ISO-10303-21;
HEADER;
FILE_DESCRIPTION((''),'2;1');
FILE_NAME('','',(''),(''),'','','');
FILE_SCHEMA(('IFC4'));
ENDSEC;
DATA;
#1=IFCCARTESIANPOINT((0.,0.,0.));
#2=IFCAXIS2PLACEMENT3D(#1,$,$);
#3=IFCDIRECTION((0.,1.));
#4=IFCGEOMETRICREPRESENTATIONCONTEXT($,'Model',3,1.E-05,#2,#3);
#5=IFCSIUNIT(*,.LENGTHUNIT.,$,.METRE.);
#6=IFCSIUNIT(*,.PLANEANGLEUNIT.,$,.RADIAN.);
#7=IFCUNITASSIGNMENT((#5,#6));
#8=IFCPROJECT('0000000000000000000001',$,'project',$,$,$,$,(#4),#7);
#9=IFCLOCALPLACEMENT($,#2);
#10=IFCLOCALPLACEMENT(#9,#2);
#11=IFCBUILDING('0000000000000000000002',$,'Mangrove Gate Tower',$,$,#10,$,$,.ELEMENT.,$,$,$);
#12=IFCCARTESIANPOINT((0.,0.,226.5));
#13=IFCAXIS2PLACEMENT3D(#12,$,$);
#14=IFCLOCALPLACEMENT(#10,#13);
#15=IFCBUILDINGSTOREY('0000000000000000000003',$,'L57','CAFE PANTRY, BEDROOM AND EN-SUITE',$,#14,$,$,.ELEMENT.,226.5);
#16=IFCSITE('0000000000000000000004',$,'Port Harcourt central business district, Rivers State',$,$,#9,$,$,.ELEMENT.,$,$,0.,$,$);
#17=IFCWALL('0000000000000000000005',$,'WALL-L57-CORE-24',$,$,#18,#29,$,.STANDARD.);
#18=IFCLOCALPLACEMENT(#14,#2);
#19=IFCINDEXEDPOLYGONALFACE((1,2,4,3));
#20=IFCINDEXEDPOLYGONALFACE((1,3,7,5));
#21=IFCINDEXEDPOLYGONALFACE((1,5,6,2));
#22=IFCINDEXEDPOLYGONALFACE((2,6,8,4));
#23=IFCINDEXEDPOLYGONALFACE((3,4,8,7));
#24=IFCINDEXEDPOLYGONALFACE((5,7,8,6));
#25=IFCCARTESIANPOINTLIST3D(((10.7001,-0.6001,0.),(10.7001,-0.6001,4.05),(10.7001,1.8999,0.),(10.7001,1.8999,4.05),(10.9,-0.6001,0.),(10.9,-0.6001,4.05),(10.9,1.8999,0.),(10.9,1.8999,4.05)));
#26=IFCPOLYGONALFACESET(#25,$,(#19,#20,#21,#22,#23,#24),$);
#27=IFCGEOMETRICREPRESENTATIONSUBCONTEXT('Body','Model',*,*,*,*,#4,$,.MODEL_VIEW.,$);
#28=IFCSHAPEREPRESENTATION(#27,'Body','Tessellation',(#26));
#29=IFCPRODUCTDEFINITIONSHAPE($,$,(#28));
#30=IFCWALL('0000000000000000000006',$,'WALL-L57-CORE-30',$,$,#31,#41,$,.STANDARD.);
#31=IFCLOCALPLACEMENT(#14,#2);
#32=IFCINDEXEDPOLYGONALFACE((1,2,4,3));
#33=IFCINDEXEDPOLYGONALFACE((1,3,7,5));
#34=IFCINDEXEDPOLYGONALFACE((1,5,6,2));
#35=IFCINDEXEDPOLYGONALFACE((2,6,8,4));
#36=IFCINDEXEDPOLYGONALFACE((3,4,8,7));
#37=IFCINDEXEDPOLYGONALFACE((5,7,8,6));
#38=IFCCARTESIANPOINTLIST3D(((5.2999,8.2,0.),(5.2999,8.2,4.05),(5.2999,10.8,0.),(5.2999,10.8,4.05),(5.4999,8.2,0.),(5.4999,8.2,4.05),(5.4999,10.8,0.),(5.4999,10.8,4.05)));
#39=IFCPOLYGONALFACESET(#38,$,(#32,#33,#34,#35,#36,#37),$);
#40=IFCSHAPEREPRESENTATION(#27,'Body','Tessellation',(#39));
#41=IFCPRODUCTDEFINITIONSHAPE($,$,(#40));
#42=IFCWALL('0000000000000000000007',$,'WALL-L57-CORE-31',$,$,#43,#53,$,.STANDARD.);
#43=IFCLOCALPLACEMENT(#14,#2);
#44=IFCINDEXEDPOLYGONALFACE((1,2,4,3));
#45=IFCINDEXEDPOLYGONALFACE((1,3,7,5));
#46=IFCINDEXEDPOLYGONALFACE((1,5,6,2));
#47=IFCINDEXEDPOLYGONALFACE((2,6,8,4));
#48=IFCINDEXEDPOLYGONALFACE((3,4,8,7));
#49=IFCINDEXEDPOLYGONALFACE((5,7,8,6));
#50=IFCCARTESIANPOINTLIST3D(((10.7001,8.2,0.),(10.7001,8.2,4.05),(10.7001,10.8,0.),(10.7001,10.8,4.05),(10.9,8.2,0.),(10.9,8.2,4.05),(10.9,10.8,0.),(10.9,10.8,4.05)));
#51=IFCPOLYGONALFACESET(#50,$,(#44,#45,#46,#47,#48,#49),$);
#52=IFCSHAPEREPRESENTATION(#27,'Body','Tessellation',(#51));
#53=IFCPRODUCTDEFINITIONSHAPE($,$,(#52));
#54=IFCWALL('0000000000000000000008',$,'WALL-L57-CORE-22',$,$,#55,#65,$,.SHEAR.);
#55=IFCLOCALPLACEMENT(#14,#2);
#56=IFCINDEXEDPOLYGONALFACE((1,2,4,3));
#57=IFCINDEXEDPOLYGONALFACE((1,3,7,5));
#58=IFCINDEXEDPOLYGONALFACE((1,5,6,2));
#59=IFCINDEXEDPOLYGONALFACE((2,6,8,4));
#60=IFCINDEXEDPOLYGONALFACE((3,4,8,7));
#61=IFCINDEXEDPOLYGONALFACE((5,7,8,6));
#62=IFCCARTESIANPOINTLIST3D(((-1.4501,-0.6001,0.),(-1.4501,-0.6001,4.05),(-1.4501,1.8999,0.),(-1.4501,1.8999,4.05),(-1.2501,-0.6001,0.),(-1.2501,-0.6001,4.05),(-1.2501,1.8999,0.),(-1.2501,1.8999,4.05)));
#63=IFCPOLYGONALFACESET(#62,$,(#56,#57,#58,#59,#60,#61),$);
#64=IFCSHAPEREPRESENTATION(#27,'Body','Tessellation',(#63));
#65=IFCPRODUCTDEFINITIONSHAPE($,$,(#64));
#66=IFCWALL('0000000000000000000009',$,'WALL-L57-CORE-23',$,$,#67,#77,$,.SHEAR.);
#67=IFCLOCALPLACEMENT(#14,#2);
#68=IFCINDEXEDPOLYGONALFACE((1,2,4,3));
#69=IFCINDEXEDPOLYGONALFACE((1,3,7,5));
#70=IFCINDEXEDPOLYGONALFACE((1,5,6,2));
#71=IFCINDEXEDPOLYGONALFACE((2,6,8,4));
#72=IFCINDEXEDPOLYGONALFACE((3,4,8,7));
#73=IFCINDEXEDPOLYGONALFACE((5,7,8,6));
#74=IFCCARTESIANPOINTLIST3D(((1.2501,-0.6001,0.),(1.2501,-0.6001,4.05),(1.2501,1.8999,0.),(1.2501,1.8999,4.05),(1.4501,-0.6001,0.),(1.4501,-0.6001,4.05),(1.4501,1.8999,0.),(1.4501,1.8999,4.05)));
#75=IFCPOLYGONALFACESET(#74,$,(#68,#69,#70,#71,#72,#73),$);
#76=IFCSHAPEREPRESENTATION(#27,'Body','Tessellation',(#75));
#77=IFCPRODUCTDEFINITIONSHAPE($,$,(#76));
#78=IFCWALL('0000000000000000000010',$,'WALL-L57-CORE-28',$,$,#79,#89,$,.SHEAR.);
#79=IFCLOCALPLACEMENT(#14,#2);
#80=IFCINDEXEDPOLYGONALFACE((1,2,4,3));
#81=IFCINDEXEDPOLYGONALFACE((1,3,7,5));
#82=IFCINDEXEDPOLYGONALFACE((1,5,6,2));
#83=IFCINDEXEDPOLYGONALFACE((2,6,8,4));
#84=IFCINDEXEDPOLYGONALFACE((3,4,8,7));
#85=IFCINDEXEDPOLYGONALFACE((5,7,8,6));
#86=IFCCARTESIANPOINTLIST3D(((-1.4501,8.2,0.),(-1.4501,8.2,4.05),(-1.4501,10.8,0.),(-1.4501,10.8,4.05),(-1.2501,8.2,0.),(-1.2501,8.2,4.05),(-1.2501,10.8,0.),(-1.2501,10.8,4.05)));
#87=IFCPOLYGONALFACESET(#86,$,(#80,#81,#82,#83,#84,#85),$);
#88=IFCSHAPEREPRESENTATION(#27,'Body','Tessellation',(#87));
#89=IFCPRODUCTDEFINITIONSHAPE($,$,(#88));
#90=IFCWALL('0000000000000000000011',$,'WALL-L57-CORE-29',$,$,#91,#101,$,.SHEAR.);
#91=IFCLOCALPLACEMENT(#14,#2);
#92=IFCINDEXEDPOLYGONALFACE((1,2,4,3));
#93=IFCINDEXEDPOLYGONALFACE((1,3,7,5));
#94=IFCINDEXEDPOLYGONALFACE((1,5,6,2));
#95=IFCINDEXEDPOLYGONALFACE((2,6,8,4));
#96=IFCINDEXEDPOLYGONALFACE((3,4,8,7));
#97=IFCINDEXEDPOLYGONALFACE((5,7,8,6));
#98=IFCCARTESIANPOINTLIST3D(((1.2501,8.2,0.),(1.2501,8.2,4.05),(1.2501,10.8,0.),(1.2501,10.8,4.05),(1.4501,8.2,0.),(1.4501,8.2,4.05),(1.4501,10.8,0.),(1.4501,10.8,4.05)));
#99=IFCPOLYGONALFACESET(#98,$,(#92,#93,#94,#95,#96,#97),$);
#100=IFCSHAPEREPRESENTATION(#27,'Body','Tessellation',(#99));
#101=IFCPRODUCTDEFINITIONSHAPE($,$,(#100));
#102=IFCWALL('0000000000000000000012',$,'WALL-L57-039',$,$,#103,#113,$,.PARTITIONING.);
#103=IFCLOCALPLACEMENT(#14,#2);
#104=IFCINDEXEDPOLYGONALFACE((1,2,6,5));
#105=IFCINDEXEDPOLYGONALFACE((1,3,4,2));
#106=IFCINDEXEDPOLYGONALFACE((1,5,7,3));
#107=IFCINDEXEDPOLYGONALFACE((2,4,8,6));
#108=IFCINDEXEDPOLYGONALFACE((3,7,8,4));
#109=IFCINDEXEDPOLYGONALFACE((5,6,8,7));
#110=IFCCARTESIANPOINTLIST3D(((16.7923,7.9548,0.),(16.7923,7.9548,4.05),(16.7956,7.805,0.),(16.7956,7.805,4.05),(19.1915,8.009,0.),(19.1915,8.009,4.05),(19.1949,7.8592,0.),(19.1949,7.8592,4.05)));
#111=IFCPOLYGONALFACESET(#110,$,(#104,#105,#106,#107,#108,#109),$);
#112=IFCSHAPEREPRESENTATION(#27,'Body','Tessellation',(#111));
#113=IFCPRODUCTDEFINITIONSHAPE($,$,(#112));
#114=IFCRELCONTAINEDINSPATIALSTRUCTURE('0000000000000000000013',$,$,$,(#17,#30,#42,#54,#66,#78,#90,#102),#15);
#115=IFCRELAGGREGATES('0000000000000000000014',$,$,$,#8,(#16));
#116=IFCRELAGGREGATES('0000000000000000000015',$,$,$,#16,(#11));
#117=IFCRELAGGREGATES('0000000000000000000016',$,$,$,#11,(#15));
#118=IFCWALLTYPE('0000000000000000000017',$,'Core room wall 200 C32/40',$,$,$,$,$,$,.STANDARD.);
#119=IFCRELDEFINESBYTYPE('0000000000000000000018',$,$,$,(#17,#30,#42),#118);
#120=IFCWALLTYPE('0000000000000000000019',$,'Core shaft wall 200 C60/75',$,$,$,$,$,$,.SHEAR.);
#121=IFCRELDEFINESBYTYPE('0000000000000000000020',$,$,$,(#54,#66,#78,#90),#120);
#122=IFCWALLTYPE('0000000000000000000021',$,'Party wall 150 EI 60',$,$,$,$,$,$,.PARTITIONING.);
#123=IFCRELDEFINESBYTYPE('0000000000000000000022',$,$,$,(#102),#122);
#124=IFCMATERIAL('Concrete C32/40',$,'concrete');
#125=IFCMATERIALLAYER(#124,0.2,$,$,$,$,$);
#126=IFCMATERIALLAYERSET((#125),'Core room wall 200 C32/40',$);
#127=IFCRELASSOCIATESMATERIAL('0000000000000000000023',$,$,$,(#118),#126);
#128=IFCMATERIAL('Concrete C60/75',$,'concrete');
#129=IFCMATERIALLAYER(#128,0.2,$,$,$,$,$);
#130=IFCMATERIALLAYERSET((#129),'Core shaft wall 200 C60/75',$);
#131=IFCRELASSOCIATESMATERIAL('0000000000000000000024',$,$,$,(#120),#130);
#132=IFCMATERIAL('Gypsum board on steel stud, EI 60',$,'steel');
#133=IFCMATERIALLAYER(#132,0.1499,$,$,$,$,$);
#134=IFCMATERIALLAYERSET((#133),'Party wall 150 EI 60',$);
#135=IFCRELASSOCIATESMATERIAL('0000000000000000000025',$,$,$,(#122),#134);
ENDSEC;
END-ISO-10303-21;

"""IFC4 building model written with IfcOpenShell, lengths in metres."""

from ifc_helpers import new_model, si_unit, direction, frame, frame_2d, origin, place, context, subcontext, project, spatial, rectangle, extrude, material, layer, layer_set, type_object, element, save


model = new_model("IFC4")

# Units and contexts
model_context = context("Model", 3, precision=1e-05, world=origin(), true_north=direction((0.0, 1.0)))
body_context = subcontext(model_context, "Body", "Model", "MODEL_VIEW")
ifc_project = project(units=[si_unit("LENGTHUNIT", "METRE"), si_unit("PLANEANGLEUNIT", "RADIAN")], contexts=[model_context])

# Site, building, storey
site_placement = place(None, origin())
site = spatial("IfcSite", under=ifc_project, at=site_placement, Name="Port Harcourt central business district, Rivers State", CompositionType="ELEMENT", RefElevation=0.0)
building_placement = place(site_placement, origin())
building = spatial("IfcBuilding", under=site, at=building_placement, Name="Mangrove Gate Tower", CompositionType="ELEMENT")
storey_placement = place(building_placement, frame((0.0, 0.0, 226.5)))
storey = spatial("IfcBuildingStorey", under=building, at=storey_placement, Name="L57", Description="CAFE PANTRY, BEDROOM AND EN-SUITE", CompositionType="ELEMENT", Elevation=226.5)

# Walls
ifc_material_1 = material(Name="Concrete C32/40", Category="concrete")
ifc_layer_1 = layer(ifc_material_1, 0.2)
ifc_layer_set_1 = layer_set([ifc_layer_1], Name="Core room wall 200 C32/40")
wall_type_1 = type_object("IfcWallType", Name="Core room wall 200 C32/40", PredefinedType="STANDARD", material=ifc_layer_set_1)
wall_1_placement = place(storey_placement, frame((10.8, -0.6001, 0.0), z_axis=(0.0, 0.0, 1.0), x_axis=(0.0, 1.0, 0.0)))
element("IfcWall", 1, at=wall_1_placement, inside=storey, type_object=wall_type_1, Name="WALL-L57-CORE-24", PredefinedType="STANDARD", context=body_context, shape_type="SweptSolid", body=[
    extrude(rectangle(XDim=2.5, YDim=0.2, at=frame_2d((1.25, 0.0))), origin(), (0.0, 0.0, 1.0), 4.05),
])
for number, where, z_axis, x_axis, name in (
    (2, (5.3999, 8.2, 0.0), (0.0, 0.0, 1.0), (0.0, 1.0, 0.0), "WALL-L57-CORE-30"),
    (3, (10.8, 8.2, 0.0), (0.0, 0.0, 1.0), (0.0, 1.0, 0.0), "WALL-L57-CORE-31"),
):
    element("IfcWall", number, at=place(storey_placement, frame(where, z_axis=z_axis, x_axis=x_axis)), inside=storey, type_object=wall_type_1, Name=name, PredefinedType="STANDARD", context=body_context, shape_type="SweptSolid", body=[
        extrude(rectangle(XDim=2.6001, YDim=0.2, at=frame_2d((1.3, 0.0))), origin(), (0.0, 0.0, 1.0), 4.05),
    ])
ifc_material_2 = material(Name="Concrete C60/75", Category="concrete")
ifc_layer_2 = layer(ifc_material_2, 0.2)
ifc_layer_set_2 = layer_set([ifc_layer_2], Name="Core shaft wall 200 C60/75")
wall_type_2 = type_object("IfcWallType", Name="Core shaft wall 200 C60/75", PredefinedType="SHEAR", material=ifc_layer_set_2)
for number, where, z_axis, x_axis, name in (
    (4, (-1.3501, -0.6001, 0.0), (0.0, 0.0, 1.0), (0.0, 1.0, 0.0), "WALL-L57-CORE-22"),
    (5, (1.3501, -0.6001, 0.0), (0.0, 0.0, 1.0), (0.0, 1.0, 0.0), "WALL-L57-CORE-23"),
):
    element("IfcWall", number, at=place(storey_placement, frame(where, z_axis=z_axis, x_axis=x_axis)), inside=storey, type_object=wall_type_2, Name=name, PredefinedType="SHEAR", context=body_context, shape_type="SweptSolid", body=[
        extrude(rectangle(XDim=2.5, YDim=0.2, at=frame_2d((1.25, 0.0))), origin(), (0.0, 0.0, 1.0), 4.05),
    ])
for number, where, z_axis, x_axis, name in (
    (6, (-1.3501, 8.2, 0.0), (0.0, 0.0, 1.0), (0.0, 1.0, 0.0), "WALL-L57-CORE-28"),
    (7, (1.3501, 8.2, 0.0), (0.0, 0.0, 1.0), (0.0, 1.0, 0.0), "WALL-L57-CORE-29"),
):
    element("IfcWall", number, at=place(storey_placement, frame(where, z_axis=z_axis, x_axis=x_axis)), inside=storey, type_object=wall_type_2, Name=name, PredefinedType="SHEAR", context=body_context, shape_type="SweptSolid", body=[
        extrude(rectangle(XDim=2.6001, YDim=0.2, at=frame_2d((1.3, 0.0))), origin(), (0.0, 0.0, 1.0), 4.05),
    ])
ifc_material_3 = material(Name="Gypsum board on steel stud, EI 60", Category="steel")
ifc_layer_3 = layer(ifc_material_3, 0.1499)
ifc_layer_set_3 = layer_set([ifc_layer_3], Name="Party wall 150 EI 60")
wall_type_3 = type_object("IfcWallType", Name="Party wall 150 EI 60", PredefinedType="PARTITIONING", material=ifc_layer_set_3)
wall_2_placement = place(storey_placement, frame((16.7939, 7.8799, 0.0), z_axis=(0.0, 0.0, 1.0), x_axis=(0.999745, 0.022585, 0.0)))
element("IfcWall", 8, at=wall_2_placement, inside=storey, type_object=wall_type_3, Name="WALL-L57-039", PredefinedType="PARTITIONING", context=body_context, shape_type="SweptSolid", body=[
    extrude(rectangle(XDim=2.3999, YDim=0.1499, at=frame_2d((1.2, 0.0))), origin(), (0.0, 0.0, 1.0), 4.05),
])

save(model, "model.ifc")
